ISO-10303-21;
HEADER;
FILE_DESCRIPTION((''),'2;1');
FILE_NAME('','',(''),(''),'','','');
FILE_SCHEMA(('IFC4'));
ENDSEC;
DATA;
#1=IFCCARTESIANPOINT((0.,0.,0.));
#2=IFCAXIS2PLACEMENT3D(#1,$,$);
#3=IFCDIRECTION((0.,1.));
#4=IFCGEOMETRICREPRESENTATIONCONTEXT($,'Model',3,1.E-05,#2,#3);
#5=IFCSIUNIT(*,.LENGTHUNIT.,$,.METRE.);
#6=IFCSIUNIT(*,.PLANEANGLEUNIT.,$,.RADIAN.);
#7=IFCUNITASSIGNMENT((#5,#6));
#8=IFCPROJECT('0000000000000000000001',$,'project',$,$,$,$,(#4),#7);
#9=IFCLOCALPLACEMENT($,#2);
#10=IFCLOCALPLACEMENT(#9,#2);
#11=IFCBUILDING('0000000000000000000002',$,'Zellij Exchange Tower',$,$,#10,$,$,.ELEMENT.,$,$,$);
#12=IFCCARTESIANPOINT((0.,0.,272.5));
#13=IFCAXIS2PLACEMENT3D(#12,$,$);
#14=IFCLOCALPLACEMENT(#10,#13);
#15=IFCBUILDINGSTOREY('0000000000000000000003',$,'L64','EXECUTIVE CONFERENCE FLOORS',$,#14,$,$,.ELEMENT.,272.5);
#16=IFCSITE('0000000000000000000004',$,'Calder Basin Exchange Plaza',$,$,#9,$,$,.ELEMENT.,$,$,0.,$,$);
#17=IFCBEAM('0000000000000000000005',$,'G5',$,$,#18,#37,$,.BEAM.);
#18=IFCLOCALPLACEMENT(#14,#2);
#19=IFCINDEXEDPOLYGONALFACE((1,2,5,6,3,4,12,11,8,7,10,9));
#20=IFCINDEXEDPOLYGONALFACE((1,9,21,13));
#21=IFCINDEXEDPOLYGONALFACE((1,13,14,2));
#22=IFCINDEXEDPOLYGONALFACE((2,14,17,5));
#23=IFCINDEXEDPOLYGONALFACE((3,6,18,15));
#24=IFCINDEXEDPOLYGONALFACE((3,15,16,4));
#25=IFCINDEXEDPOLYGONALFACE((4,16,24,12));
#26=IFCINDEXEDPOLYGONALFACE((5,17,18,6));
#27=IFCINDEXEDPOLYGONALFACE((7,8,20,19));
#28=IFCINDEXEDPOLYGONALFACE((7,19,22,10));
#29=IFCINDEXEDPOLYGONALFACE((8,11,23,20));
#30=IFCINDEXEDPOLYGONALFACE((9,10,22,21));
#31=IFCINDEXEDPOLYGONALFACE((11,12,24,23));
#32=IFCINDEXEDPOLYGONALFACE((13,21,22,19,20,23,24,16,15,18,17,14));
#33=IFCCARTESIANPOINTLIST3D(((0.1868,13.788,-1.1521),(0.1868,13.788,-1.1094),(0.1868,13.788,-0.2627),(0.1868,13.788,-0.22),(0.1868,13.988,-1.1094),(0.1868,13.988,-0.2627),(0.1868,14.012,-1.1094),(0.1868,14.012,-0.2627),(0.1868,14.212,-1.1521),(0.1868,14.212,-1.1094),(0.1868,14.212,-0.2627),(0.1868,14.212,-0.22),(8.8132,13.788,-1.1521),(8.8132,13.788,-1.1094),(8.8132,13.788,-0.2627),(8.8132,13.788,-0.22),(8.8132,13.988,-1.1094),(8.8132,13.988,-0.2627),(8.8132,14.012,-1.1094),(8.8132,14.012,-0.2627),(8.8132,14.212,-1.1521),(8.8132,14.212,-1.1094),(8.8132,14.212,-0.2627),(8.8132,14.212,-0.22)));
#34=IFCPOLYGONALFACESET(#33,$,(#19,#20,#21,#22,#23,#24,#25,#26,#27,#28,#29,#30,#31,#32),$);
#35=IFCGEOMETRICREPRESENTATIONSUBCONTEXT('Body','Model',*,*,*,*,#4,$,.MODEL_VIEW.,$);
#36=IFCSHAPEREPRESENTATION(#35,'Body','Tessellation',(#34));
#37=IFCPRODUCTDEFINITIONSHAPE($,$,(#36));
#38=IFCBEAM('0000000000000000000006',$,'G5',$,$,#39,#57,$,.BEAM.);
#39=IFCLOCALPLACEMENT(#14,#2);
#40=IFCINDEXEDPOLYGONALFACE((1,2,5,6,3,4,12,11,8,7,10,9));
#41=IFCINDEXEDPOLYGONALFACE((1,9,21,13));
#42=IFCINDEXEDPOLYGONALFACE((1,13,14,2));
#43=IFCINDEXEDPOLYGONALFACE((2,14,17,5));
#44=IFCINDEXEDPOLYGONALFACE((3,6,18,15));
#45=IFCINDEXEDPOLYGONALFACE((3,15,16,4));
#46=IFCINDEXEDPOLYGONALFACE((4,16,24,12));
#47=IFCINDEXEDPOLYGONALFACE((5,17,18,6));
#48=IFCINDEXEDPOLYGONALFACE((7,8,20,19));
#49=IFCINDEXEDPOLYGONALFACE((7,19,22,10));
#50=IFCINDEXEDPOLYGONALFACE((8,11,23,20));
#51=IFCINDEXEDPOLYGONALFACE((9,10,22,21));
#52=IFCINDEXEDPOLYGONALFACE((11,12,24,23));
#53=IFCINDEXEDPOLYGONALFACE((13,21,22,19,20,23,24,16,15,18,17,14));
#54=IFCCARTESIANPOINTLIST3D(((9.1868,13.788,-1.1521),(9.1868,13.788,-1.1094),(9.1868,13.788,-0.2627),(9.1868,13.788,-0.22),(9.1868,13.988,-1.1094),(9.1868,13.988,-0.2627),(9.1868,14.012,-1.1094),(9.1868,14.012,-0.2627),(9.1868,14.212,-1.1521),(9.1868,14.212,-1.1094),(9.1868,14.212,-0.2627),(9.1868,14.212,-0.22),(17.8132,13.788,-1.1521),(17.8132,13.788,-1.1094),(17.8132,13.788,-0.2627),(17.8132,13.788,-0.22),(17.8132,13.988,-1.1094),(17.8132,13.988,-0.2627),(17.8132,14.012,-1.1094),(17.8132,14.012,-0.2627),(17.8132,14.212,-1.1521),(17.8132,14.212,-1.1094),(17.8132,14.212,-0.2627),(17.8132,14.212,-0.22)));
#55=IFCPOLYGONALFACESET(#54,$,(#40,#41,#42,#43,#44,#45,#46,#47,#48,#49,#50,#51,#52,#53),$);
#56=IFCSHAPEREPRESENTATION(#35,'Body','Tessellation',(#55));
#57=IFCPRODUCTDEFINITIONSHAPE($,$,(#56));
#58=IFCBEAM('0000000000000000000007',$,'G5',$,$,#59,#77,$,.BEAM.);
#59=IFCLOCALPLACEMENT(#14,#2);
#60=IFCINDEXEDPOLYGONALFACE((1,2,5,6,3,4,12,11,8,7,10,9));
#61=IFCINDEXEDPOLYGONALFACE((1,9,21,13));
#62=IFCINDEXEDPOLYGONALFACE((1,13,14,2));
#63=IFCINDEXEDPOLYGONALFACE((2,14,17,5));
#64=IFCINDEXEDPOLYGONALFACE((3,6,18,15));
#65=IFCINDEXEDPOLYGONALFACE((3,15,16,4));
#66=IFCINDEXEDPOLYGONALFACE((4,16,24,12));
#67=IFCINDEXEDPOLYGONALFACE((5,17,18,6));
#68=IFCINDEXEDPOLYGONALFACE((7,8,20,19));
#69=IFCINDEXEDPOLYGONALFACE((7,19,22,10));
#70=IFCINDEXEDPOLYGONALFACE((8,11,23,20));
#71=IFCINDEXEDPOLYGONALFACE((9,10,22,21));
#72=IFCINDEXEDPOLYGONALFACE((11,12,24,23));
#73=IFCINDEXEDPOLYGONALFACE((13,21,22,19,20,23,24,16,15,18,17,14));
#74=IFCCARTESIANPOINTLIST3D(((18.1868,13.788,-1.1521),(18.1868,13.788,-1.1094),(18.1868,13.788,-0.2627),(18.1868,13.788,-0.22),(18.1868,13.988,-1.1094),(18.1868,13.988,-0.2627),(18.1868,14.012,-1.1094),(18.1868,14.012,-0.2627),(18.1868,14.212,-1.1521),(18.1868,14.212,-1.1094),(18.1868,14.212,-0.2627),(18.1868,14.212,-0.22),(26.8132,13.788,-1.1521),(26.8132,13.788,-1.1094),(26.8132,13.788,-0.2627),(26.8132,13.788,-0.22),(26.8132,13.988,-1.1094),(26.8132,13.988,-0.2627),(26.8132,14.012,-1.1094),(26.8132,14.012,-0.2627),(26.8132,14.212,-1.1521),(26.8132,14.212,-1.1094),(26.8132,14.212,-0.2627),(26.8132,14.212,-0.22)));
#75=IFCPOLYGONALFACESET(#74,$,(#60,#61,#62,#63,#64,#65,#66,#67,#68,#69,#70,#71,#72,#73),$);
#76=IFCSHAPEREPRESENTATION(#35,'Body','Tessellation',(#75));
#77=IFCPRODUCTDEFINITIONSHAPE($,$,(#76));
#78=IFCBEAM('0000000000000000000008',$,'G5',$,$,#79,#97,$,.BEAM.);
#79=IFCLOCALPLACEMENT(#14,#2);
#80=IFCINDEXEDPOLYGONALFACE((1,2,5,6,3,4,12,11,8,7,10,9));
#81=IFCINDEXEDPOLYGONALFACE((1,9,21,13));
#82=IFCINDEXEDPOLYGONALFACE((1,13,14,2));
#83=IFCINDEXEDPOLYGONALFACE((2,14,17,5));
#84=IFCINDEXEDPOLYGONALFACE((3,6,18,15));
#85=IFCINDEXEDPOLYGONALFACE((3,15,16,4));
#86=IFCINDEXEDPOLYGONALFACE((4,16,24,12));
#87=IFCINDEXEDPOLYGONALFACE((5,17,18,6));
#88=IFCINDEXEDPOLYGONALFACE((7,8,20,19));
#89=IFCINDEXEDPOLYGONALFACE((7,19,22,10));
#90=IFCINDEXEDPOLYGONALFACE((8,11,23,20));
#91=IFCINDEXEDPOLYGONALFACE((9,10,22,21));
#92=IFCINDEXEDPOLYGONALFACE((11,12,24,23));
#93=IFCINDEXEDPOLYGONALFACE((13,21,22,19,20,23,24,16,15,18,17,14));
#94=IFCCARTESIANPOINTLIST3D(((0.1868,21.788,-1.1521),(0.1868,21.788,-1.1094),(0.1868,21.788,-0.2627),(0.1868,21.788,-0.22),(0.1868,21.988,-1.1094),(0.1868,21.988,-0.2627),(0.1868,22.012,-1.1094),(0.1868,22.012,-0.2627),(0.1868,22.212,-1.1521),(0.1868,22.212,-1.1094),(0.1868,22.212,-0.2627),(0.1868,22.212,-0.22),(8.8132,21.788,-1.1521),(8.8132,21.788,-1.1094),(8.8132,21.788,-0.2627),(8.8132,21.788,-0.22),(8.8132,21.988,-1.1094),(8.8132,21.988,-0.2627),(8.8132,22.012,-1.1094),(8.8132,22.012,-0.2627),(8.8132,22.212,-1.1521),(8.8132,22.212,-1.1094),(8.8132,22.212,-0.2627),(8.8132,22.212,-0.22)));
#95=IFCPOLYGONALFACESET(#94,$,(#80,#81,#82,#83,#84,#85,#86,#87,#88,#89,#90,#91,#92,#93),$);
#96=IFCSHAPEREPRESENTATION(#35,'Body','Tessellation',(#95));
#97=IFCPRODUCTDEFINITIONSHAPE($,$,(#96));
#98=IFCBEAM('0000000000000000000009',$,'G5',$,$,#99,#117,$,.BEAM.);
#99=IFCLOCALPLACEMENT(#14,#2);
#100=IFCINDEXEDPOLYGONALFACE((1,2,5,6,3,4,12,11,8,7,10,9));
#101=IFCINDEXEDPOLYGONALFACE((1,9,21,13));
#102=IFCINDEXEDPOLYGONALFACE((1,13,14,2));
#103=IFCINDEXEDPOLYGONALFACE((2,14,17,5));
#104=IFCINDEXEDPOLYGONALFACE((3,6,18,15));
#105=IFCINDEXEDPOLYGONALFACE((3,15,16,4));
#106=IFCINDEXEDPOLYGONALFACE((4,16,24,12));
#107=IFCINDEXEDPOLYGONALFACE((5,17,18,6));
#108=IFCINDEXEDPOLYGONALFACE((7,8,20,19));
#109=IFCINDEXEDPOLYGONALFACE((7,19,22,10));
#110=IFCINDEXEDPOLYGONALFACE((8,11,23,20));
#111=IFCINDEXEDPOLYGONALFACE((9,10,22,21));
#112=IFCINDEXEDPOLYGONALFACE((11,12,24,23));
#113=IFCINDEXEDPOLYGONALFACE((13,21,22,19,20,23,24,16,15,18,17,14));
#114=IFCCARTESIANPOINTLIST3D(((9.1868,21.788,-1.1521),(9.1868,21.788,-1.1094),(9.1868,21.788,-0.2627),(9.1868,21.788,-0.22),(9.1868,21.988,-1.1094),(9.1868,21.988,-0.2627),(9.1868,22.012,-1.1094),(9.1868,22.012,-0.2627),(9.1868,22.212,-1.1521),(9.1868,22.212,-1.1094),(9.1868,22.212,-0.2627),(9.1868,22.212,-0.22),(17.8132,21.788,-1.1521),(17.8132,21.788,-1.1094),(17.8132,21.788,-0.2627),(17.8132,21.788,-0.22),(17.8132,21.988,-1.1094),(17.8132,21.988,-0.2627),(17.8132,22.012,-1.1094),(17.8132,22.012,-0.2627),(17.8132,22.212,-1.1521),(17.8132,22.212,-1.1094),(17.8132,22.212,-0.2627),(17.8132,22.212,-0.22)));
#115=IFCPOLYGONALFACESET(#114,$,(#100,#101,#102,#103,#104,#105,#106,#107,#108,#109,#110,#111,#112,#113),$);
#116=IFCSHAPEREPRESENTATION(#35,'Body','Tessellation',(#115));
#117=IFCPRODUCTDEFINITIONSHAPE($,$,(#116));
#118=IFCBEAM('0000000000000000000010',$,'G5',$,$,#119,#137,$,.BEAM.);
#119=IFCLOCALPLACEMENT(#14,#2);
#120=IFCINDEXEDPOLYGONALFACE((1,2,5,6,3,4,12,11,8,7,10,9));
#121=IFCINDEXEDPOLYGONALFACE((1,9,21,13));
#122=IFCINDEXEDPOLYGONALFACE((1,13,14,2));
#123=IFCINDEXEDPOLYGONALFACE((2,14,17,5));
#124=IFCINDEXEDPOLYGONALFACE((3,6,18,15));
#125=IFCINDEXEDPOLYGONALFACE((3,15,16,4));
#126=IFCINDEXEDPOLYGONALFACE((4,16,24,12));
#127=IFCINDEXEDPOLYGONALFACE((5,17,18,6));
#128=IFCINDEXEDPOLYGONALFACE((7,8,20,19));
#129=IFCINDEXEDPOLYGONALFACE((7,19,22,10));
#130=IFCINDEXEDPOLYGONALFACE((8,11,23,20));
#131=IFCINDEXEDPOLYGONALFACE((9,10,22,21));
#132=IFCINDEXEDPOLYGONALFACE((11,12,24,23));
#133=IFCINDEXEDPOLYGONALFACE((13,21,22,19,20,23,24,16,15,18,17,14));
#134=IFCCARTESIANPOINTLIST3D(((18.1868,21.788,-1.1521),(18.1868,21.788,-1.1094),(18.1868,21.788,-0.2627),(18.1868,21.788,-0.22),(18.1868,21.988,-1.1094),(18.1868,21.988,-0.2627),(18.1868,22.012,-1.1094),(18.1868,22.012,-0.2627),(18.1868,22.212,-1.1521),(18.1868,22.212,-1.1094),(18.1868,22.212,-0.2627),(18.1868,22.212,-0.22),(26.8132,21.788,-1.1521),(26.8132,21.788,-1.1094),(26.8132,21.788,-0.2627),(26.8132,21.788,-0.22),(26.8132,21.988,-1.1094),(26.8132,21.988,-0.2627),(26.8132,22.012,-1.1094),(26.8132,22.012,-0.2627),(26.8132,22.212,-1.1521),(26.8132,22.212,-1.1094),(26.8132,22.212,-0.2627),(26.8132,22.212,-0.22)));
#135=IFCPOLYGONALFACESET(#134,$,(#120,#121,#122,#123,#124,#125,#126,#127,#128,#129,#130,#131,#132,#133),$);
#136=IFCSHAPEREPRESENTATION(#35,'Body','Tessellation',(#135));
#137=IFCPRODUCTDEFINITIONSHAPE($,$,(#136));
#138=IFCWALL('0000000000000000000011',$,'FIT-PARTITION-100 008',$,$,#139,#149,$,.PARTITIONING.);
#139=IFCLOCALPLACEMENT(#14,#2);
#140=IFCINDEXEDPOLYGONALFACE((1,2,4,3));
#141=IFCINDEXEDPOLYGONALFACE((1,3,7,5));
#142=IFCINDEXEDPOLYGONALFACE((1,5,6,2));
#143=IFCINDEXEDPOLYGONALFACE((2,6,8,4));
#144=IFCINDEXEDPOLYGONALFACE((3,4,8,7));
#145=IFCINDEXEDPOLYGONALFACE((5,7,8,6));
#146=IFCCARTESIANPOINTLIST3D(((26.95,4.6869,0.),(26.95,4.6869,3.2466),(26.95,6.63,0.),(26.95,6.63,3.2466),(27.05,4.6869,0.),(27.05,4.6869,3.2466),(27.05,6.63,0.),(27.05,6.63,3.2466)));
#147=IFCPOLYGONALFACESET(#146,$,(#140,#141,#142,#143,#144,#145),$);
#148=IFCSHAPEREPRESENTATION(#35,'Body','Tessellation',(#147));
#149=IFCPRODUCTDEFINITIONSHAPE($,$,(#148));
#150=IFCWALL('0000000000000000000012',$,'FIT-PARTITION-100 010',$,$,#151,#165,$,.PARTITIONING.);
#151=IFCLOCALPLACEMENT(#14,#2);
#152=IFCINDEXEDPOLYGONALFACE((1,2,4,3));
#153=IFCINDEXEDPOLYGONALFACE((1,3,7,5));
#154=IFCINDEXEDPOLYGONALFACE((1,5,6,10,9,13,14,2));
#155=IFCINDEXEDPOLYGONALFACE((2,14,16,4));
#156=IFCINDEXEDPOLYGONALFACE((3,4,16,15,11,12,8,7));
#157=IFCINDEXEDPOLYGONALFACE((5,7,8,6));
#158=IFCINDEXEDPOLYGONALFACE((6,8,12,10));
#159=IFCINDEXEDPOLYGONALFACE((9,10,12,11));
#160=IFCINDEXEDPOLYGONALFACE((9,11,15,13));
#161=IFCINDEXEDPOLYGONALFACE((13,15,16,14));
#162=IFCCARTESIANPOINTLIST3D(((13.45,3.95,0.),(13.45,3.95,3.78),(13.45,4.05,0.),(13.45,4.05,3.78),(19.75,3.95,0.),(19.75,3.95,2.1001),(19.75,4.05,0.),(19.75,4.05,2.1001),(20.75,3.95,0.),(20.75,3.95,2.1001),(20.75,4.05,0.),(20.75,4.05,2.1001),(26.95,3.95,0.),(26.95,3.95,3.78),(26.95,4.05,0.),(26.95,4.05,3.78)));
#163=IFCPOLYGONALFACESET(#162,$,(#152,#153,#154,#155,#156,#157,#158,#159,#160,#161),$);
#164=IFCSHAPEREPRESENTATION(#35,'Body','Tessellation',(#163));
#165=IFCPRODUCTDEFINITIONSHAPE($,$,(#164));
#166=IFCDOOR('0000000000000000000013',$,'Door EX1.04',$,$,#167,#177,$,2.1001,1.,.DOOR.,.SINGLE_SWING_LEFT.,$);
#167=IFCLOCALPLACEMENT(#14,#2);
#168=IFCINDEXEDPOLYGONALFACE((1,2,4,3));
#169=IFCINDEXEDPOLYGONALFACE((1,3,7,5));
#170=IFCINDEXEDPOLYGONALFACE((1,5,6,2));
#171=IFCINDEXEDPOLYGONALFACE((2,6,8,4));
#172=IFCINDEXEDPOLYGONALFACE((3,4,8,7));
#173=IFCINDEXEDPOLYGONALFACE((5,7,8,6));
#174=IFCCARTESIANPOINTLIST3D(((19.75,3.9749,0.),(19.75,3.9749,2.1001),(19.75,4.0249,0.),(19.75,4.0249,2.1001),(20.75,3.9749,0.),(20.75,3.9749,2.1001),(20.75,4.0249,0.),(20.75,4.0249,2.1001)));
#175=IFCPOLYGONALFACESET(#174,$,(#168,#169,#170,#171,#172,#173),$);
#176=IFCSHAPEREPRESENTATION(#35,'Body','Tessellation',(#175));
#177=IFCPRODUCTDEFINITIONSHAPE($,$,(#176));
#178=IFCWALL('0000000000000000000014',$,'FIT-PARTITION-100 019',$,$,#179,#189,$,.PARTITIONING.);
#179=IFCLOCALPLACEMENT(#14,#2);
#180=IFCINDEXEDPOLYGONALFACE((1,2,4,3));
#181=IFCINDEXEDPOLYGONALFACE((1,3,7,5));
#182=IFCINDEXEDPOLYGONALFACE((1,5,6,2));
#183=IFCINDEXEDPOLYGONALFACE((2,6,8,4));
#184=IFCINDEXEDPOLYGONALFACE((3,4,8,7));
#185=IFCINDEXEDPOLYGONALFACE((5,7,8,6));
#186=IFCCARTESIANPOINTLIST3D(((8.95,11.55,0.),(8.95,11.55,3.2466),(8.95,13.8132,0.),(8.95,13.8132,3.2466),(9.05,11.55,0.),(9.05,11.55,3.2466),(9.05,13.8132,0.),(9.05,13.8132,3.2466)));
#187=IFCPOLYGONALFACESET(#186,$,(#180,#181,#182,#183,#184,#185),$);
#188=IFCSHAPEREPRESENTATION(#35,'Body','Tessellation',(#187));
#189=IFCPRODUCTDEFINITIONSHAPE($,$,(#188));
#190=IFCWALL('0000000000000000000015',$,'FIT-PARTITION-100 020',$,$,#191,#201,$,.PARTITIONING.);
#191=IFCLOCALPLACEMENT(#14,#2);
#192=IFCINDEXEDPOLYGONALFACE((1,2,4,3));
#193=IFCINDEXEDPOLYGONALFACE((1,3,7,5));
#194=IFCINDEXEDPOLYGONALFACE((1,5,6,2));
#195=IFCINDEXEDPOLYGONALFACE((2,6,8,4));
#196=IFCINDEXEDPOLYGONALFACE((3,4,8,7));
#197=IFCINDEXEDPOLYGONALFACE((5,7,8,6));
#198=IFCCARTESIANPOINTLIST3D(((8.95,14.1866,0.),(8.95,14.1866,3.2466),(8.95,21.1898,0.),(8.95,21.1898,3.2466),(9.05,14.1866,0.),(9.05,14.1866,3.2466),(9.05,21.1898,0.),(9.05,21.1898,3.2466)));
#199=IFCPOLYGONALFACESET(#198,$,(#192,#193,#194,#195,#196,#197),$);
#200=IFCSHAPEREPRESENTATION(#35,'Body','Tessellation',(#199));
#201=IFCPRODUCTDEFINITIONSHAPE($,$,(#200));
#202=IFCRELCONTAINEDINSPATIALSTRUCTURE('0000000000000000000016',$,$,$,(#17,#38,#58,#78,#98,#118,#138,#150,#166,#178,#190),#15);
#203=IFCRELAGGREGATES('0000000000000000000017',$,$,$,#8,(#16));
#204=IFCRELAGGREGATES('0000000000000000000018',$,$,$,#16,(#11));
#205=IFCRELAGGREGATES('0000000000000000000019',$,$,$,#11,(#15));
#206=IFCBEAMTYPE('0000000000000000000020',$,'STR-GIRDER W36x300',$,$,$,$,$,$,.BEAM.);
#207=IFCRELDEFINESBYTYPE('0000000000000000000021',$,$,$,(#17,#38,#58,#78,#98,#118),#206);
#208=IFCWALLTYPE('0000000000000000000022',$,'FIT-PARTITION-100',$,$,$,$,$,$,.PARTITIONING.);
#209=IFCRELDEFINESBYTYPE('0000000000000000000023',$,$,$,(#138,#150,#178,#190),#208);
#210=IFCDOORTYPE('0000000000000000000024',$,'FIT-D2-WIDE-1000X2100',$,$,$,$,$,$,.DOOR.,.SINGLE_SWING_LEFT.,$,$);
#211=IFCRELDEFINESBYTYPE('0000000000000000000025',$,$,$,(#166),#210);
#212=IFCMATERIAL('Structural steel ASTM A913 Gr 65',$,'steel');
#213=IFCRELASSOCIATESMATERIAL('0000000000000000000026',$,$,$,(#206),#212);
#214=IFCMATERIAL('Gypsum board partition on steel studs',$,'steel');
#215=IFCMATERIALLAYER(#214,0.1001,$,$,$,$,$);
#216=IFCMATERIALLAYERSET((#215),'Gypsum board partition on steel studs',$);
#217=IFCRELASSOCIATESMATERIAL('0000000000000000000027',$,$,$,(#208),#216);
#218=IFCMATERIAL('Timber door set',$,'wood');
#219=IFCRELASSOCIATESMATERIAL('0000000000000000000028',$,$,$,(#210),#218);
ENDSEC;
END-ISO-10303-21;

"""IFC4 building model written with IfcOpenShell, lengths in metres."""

from ifc_helpers import new_model, si_unit, direction, frame, frame_2d, origin, origin_2d, place, context, subcontext, project, spatial, rectangle, i_section, extrude, material, layer, layer_set, material_profile, profile_set, type_object, element, fill, save


model = new_model("IFC4")

# Units and contexts
model_context = context("Model", 3, precision=1e-05, world=origin(), true_north=direction((0.0, 1.0)))
body_context = subcontext(model_context, "Body", "Model", "MODEL_VIEW")
ifc_project = project(units=[si_unit("LENGTHUNIT", "METRE"), si_unit("PLANEANGLEUNIT", "RADIAN")], contexts=[model_context])

# Site, building, storey
site_placement = place(None, origin())
site = spatial("IfcSite", under=ifc_project, at=site_placement, Name="Calder Basin Exchange Plaza", CompositionType="ELEMENT", RefElevation=0.0)
building_placement = place(site_placement, origin())
building = spatial("IfcBuilding", under=site, at=building_placement, Name="Zellij Exchange Tower", CompositionType="ELEMENT")
storey_placement = place(building_placement, frame((0.0, 0.0, 272.5)))
storey = spatial("IfcBuildingStorey", under=building, at=storey_placement, Name="L64", Description="EXECUTIVE CONFERENCE FLOORS", CompositionType="ELEMENT", Elevation=272.5)

# Beams
ifc_material_1 = material(Name="Structural steel ASTM A913 Gr 65", Category="steel")
ifc_material_profile_1 = material_profile(ifc_material_1, i_section(OverallWidth=0.4241, OverallDepth=0.9321, WebThickness=0.0239, FlangeThickness=0.0427, at=origin_2d()), Name="W36x300")
ifc_profile_set_1 = profile_set([ifc_material_profile_1], Name="Structural steel ASTM A913 Gr 65")
beam_type = type_object("IfcBeamType", Name="STR-GIRDER W36x300", PredefinedType="BEAM", material=ifc_profile_set_1)
for number, where, z_axis, x_axis, name in (
    (1, (0.1868, 14.0, -0.686), (1.0, 0.0, 0.0), (0.0, 1.0, 0.0), "G5"),
    (2, (9.1868, 14.0, -0.686), (1.0, 0.0, 0.0), (0.0, 1.0, 0.0), "G5"),
    (3, (18.1868, 14.0, -0.686), (1.0, 0.0, 0.0), (0.0, 1.0, 0.0), "G5"),
    (4, (0.1868, 22.0, -0.686), (1.0, 0.0, 0.0), (0.0, 1.0, 0.0), "G5"),
    (5, (9.1868, 22.0, -0.686), (1.0, 0.0, 0.0), (0.0, 1.0, 0.0), "G5"),
    (6, (18.1868, 22.0, -0.686), (1.0, 0.0, 0.0), (0.0, 1.0, 0.0), "G5"),
):
    element("IfcBeam", number, at=place(storey_placement, frame(where, z_axis=z_axis, x_axis=x_axis)), inside=storey, type_object=beam_type, Name=name, PredefinedType="BEAM", context=body_context, shape_type="SweptSolid", body=[
        extrude(i_section(OverallWidth=0.4241, OverallDepth=0.9321, WebThickness=0.0239, FlangeThickness=0.0427, at=origin_2d()), origin(), (0.0, 0.0, 1.0), 8.6265),
    ])

# Wall
ifc_material_2 = material(Name="Gypsum board partition on steel studs", Category="steel")
ifc_layer = layer(ifc_material_2, 0.1001)
ifc_layer_set = layer_set([ifc_layer], Name="Gypsum board partition on steel studs")
wall_type = type_object("IfcWallType", Name="FIT-PARTITION-100", PredefinedType="PARTITIONING", material=ifc_layer_set)
wall_1_placement = place(storey_placement, frame((27.0, 4.6868, 0.0), z_axis=(0.0, 0.0, 1.0), x_axis=(0.0, 1.0, 0.0)))
element("IfcWall", 7, at=wall_1_placement, inside=storey, type_object=wall_type, Name="FIT-PARTITION-100 008", PredefinedType="PARTITIONING", context=body_context, shape_type="SweptSolid", body=[
    extrude(rectangle(XDim=1.9431, YDim=0.1001, at=frame_2d((0.9717, 0.0))), origin(), (0.0, 0.0, 1.0), 3.2466),
])

# Wall, opening, door
wall_2_placement = place(storey_placement, frame((13.45, 4.0, 0.0), z_axis=(0.0, 0.0, 1.0), x_axis=(1.0, 0.0, 0.0)))
wall_2 = element("IfcWall", 8, at=wall_2_placement, inside=storey, type_object=wall_type, Name="FIT-PARTITION-100 010", PredefinedType="PARTITIONING", context=body_context, shape_type="SweptSolid", body=[
    extrude(rectangle(XDim=13.5, YDim=0.1001, at=frame_2d((6.75, 0.0))), origin(), (0.0, 0.0, 1.0), 3.78),
])
opening_placement = place(wall_2_placement, frame((6.3, 0.0, 0.0)))
opening = element("IfcOpeningElement", 9, at=opening_placement, cuts=wall_2, PredefinedType="OPENING", context=body_context, shape_type="SweptSolid", body=[
    extrude(rectangle(XDim=1.0, YDim=2.1001, at=frame_2d((0.5, 1.05))), frame((0.0, 0.062, 0.0), z_axis=(0.0, -1.0, 0.0), x_axis=(1.0, 0.0, 0.0)), (0.0, 0.0, 1.0), 0.124),
])
ifc_material_3 = material(Name="Timber door set", Category="wood")
door_type = type_object("IfcDoorType", Name="FIT-D2-WIDE-1000X2100", OperationType="SINGLE_SWING_LEFT", PredefinedType="DOOR", material=ifc_material_3)
door_placement = place(opening_placement, origin())
door = element("IfcDoor", 10, at=door_placement, inside=storey, type_object=door_type, Name="Door EX1.04", OperationType="SINGLE_SWING_LEFT", OverallHeight=2.1001, OverallWidth=1.0, PredefinedType="DOOR", context=body_context, shape_type="SweptSolid", body=[
    extrude(rectangle(XDim=1.0, YDim=2.1001, at=frame_2d((0.5, 1.05))), frame((0.0, 0.0249, 0.0), z_axis=(0.0, -1.0, 0.0), x_axis=(1.0, 0.0, 0.0)), (0.0, 0.0, 1.0), 0.05),
])
fill(opening, door)

# Walls
wall_3_placement = place(storey_placement, frame((9.0, 11.55, 0.0), z_axis=(0.0, 0.0, 1.0), x_axis=(0.0, 1.0, 0.0)))
element("IfcWall", 11, at=wall_3_placement, inside=storey, type_object=wall_type, Name="FIT-PARTITION-100 019", PredefinedType="PARTITIONING", context=body_context, shape_type="SweptSolid", body=[
    extrude(rectangle(XDim=2.2632, YDim=0.1001, at=frame_2d((1.1316, 0.0))), origin(), (0.0, 0.0, 1.0), 3.2466),
])
wall_4_placement = place(storey_placement, frame((9.0, 14.1868, 0.0), z_axis=(0.0, 0.0, 1.0), x_axis=(0.0, 1.0, 0.0)))
element("IfcWall", 12, at=wall_4_placement, inside=storey, type_object=wall_type, Name="FIT-PARTITION-100 020", PredefinedType="PARTITIONING", context=body_context, shape_type="SweptSolid", body=[
    extrude(rectangle(XDim=7.0032, YDim=0.1001, at=frame_2d((3.5015, 0.0))), origin(), (0.0, 0.0, 1.0), 3.2466),
])

save(model, "model.ifc")
